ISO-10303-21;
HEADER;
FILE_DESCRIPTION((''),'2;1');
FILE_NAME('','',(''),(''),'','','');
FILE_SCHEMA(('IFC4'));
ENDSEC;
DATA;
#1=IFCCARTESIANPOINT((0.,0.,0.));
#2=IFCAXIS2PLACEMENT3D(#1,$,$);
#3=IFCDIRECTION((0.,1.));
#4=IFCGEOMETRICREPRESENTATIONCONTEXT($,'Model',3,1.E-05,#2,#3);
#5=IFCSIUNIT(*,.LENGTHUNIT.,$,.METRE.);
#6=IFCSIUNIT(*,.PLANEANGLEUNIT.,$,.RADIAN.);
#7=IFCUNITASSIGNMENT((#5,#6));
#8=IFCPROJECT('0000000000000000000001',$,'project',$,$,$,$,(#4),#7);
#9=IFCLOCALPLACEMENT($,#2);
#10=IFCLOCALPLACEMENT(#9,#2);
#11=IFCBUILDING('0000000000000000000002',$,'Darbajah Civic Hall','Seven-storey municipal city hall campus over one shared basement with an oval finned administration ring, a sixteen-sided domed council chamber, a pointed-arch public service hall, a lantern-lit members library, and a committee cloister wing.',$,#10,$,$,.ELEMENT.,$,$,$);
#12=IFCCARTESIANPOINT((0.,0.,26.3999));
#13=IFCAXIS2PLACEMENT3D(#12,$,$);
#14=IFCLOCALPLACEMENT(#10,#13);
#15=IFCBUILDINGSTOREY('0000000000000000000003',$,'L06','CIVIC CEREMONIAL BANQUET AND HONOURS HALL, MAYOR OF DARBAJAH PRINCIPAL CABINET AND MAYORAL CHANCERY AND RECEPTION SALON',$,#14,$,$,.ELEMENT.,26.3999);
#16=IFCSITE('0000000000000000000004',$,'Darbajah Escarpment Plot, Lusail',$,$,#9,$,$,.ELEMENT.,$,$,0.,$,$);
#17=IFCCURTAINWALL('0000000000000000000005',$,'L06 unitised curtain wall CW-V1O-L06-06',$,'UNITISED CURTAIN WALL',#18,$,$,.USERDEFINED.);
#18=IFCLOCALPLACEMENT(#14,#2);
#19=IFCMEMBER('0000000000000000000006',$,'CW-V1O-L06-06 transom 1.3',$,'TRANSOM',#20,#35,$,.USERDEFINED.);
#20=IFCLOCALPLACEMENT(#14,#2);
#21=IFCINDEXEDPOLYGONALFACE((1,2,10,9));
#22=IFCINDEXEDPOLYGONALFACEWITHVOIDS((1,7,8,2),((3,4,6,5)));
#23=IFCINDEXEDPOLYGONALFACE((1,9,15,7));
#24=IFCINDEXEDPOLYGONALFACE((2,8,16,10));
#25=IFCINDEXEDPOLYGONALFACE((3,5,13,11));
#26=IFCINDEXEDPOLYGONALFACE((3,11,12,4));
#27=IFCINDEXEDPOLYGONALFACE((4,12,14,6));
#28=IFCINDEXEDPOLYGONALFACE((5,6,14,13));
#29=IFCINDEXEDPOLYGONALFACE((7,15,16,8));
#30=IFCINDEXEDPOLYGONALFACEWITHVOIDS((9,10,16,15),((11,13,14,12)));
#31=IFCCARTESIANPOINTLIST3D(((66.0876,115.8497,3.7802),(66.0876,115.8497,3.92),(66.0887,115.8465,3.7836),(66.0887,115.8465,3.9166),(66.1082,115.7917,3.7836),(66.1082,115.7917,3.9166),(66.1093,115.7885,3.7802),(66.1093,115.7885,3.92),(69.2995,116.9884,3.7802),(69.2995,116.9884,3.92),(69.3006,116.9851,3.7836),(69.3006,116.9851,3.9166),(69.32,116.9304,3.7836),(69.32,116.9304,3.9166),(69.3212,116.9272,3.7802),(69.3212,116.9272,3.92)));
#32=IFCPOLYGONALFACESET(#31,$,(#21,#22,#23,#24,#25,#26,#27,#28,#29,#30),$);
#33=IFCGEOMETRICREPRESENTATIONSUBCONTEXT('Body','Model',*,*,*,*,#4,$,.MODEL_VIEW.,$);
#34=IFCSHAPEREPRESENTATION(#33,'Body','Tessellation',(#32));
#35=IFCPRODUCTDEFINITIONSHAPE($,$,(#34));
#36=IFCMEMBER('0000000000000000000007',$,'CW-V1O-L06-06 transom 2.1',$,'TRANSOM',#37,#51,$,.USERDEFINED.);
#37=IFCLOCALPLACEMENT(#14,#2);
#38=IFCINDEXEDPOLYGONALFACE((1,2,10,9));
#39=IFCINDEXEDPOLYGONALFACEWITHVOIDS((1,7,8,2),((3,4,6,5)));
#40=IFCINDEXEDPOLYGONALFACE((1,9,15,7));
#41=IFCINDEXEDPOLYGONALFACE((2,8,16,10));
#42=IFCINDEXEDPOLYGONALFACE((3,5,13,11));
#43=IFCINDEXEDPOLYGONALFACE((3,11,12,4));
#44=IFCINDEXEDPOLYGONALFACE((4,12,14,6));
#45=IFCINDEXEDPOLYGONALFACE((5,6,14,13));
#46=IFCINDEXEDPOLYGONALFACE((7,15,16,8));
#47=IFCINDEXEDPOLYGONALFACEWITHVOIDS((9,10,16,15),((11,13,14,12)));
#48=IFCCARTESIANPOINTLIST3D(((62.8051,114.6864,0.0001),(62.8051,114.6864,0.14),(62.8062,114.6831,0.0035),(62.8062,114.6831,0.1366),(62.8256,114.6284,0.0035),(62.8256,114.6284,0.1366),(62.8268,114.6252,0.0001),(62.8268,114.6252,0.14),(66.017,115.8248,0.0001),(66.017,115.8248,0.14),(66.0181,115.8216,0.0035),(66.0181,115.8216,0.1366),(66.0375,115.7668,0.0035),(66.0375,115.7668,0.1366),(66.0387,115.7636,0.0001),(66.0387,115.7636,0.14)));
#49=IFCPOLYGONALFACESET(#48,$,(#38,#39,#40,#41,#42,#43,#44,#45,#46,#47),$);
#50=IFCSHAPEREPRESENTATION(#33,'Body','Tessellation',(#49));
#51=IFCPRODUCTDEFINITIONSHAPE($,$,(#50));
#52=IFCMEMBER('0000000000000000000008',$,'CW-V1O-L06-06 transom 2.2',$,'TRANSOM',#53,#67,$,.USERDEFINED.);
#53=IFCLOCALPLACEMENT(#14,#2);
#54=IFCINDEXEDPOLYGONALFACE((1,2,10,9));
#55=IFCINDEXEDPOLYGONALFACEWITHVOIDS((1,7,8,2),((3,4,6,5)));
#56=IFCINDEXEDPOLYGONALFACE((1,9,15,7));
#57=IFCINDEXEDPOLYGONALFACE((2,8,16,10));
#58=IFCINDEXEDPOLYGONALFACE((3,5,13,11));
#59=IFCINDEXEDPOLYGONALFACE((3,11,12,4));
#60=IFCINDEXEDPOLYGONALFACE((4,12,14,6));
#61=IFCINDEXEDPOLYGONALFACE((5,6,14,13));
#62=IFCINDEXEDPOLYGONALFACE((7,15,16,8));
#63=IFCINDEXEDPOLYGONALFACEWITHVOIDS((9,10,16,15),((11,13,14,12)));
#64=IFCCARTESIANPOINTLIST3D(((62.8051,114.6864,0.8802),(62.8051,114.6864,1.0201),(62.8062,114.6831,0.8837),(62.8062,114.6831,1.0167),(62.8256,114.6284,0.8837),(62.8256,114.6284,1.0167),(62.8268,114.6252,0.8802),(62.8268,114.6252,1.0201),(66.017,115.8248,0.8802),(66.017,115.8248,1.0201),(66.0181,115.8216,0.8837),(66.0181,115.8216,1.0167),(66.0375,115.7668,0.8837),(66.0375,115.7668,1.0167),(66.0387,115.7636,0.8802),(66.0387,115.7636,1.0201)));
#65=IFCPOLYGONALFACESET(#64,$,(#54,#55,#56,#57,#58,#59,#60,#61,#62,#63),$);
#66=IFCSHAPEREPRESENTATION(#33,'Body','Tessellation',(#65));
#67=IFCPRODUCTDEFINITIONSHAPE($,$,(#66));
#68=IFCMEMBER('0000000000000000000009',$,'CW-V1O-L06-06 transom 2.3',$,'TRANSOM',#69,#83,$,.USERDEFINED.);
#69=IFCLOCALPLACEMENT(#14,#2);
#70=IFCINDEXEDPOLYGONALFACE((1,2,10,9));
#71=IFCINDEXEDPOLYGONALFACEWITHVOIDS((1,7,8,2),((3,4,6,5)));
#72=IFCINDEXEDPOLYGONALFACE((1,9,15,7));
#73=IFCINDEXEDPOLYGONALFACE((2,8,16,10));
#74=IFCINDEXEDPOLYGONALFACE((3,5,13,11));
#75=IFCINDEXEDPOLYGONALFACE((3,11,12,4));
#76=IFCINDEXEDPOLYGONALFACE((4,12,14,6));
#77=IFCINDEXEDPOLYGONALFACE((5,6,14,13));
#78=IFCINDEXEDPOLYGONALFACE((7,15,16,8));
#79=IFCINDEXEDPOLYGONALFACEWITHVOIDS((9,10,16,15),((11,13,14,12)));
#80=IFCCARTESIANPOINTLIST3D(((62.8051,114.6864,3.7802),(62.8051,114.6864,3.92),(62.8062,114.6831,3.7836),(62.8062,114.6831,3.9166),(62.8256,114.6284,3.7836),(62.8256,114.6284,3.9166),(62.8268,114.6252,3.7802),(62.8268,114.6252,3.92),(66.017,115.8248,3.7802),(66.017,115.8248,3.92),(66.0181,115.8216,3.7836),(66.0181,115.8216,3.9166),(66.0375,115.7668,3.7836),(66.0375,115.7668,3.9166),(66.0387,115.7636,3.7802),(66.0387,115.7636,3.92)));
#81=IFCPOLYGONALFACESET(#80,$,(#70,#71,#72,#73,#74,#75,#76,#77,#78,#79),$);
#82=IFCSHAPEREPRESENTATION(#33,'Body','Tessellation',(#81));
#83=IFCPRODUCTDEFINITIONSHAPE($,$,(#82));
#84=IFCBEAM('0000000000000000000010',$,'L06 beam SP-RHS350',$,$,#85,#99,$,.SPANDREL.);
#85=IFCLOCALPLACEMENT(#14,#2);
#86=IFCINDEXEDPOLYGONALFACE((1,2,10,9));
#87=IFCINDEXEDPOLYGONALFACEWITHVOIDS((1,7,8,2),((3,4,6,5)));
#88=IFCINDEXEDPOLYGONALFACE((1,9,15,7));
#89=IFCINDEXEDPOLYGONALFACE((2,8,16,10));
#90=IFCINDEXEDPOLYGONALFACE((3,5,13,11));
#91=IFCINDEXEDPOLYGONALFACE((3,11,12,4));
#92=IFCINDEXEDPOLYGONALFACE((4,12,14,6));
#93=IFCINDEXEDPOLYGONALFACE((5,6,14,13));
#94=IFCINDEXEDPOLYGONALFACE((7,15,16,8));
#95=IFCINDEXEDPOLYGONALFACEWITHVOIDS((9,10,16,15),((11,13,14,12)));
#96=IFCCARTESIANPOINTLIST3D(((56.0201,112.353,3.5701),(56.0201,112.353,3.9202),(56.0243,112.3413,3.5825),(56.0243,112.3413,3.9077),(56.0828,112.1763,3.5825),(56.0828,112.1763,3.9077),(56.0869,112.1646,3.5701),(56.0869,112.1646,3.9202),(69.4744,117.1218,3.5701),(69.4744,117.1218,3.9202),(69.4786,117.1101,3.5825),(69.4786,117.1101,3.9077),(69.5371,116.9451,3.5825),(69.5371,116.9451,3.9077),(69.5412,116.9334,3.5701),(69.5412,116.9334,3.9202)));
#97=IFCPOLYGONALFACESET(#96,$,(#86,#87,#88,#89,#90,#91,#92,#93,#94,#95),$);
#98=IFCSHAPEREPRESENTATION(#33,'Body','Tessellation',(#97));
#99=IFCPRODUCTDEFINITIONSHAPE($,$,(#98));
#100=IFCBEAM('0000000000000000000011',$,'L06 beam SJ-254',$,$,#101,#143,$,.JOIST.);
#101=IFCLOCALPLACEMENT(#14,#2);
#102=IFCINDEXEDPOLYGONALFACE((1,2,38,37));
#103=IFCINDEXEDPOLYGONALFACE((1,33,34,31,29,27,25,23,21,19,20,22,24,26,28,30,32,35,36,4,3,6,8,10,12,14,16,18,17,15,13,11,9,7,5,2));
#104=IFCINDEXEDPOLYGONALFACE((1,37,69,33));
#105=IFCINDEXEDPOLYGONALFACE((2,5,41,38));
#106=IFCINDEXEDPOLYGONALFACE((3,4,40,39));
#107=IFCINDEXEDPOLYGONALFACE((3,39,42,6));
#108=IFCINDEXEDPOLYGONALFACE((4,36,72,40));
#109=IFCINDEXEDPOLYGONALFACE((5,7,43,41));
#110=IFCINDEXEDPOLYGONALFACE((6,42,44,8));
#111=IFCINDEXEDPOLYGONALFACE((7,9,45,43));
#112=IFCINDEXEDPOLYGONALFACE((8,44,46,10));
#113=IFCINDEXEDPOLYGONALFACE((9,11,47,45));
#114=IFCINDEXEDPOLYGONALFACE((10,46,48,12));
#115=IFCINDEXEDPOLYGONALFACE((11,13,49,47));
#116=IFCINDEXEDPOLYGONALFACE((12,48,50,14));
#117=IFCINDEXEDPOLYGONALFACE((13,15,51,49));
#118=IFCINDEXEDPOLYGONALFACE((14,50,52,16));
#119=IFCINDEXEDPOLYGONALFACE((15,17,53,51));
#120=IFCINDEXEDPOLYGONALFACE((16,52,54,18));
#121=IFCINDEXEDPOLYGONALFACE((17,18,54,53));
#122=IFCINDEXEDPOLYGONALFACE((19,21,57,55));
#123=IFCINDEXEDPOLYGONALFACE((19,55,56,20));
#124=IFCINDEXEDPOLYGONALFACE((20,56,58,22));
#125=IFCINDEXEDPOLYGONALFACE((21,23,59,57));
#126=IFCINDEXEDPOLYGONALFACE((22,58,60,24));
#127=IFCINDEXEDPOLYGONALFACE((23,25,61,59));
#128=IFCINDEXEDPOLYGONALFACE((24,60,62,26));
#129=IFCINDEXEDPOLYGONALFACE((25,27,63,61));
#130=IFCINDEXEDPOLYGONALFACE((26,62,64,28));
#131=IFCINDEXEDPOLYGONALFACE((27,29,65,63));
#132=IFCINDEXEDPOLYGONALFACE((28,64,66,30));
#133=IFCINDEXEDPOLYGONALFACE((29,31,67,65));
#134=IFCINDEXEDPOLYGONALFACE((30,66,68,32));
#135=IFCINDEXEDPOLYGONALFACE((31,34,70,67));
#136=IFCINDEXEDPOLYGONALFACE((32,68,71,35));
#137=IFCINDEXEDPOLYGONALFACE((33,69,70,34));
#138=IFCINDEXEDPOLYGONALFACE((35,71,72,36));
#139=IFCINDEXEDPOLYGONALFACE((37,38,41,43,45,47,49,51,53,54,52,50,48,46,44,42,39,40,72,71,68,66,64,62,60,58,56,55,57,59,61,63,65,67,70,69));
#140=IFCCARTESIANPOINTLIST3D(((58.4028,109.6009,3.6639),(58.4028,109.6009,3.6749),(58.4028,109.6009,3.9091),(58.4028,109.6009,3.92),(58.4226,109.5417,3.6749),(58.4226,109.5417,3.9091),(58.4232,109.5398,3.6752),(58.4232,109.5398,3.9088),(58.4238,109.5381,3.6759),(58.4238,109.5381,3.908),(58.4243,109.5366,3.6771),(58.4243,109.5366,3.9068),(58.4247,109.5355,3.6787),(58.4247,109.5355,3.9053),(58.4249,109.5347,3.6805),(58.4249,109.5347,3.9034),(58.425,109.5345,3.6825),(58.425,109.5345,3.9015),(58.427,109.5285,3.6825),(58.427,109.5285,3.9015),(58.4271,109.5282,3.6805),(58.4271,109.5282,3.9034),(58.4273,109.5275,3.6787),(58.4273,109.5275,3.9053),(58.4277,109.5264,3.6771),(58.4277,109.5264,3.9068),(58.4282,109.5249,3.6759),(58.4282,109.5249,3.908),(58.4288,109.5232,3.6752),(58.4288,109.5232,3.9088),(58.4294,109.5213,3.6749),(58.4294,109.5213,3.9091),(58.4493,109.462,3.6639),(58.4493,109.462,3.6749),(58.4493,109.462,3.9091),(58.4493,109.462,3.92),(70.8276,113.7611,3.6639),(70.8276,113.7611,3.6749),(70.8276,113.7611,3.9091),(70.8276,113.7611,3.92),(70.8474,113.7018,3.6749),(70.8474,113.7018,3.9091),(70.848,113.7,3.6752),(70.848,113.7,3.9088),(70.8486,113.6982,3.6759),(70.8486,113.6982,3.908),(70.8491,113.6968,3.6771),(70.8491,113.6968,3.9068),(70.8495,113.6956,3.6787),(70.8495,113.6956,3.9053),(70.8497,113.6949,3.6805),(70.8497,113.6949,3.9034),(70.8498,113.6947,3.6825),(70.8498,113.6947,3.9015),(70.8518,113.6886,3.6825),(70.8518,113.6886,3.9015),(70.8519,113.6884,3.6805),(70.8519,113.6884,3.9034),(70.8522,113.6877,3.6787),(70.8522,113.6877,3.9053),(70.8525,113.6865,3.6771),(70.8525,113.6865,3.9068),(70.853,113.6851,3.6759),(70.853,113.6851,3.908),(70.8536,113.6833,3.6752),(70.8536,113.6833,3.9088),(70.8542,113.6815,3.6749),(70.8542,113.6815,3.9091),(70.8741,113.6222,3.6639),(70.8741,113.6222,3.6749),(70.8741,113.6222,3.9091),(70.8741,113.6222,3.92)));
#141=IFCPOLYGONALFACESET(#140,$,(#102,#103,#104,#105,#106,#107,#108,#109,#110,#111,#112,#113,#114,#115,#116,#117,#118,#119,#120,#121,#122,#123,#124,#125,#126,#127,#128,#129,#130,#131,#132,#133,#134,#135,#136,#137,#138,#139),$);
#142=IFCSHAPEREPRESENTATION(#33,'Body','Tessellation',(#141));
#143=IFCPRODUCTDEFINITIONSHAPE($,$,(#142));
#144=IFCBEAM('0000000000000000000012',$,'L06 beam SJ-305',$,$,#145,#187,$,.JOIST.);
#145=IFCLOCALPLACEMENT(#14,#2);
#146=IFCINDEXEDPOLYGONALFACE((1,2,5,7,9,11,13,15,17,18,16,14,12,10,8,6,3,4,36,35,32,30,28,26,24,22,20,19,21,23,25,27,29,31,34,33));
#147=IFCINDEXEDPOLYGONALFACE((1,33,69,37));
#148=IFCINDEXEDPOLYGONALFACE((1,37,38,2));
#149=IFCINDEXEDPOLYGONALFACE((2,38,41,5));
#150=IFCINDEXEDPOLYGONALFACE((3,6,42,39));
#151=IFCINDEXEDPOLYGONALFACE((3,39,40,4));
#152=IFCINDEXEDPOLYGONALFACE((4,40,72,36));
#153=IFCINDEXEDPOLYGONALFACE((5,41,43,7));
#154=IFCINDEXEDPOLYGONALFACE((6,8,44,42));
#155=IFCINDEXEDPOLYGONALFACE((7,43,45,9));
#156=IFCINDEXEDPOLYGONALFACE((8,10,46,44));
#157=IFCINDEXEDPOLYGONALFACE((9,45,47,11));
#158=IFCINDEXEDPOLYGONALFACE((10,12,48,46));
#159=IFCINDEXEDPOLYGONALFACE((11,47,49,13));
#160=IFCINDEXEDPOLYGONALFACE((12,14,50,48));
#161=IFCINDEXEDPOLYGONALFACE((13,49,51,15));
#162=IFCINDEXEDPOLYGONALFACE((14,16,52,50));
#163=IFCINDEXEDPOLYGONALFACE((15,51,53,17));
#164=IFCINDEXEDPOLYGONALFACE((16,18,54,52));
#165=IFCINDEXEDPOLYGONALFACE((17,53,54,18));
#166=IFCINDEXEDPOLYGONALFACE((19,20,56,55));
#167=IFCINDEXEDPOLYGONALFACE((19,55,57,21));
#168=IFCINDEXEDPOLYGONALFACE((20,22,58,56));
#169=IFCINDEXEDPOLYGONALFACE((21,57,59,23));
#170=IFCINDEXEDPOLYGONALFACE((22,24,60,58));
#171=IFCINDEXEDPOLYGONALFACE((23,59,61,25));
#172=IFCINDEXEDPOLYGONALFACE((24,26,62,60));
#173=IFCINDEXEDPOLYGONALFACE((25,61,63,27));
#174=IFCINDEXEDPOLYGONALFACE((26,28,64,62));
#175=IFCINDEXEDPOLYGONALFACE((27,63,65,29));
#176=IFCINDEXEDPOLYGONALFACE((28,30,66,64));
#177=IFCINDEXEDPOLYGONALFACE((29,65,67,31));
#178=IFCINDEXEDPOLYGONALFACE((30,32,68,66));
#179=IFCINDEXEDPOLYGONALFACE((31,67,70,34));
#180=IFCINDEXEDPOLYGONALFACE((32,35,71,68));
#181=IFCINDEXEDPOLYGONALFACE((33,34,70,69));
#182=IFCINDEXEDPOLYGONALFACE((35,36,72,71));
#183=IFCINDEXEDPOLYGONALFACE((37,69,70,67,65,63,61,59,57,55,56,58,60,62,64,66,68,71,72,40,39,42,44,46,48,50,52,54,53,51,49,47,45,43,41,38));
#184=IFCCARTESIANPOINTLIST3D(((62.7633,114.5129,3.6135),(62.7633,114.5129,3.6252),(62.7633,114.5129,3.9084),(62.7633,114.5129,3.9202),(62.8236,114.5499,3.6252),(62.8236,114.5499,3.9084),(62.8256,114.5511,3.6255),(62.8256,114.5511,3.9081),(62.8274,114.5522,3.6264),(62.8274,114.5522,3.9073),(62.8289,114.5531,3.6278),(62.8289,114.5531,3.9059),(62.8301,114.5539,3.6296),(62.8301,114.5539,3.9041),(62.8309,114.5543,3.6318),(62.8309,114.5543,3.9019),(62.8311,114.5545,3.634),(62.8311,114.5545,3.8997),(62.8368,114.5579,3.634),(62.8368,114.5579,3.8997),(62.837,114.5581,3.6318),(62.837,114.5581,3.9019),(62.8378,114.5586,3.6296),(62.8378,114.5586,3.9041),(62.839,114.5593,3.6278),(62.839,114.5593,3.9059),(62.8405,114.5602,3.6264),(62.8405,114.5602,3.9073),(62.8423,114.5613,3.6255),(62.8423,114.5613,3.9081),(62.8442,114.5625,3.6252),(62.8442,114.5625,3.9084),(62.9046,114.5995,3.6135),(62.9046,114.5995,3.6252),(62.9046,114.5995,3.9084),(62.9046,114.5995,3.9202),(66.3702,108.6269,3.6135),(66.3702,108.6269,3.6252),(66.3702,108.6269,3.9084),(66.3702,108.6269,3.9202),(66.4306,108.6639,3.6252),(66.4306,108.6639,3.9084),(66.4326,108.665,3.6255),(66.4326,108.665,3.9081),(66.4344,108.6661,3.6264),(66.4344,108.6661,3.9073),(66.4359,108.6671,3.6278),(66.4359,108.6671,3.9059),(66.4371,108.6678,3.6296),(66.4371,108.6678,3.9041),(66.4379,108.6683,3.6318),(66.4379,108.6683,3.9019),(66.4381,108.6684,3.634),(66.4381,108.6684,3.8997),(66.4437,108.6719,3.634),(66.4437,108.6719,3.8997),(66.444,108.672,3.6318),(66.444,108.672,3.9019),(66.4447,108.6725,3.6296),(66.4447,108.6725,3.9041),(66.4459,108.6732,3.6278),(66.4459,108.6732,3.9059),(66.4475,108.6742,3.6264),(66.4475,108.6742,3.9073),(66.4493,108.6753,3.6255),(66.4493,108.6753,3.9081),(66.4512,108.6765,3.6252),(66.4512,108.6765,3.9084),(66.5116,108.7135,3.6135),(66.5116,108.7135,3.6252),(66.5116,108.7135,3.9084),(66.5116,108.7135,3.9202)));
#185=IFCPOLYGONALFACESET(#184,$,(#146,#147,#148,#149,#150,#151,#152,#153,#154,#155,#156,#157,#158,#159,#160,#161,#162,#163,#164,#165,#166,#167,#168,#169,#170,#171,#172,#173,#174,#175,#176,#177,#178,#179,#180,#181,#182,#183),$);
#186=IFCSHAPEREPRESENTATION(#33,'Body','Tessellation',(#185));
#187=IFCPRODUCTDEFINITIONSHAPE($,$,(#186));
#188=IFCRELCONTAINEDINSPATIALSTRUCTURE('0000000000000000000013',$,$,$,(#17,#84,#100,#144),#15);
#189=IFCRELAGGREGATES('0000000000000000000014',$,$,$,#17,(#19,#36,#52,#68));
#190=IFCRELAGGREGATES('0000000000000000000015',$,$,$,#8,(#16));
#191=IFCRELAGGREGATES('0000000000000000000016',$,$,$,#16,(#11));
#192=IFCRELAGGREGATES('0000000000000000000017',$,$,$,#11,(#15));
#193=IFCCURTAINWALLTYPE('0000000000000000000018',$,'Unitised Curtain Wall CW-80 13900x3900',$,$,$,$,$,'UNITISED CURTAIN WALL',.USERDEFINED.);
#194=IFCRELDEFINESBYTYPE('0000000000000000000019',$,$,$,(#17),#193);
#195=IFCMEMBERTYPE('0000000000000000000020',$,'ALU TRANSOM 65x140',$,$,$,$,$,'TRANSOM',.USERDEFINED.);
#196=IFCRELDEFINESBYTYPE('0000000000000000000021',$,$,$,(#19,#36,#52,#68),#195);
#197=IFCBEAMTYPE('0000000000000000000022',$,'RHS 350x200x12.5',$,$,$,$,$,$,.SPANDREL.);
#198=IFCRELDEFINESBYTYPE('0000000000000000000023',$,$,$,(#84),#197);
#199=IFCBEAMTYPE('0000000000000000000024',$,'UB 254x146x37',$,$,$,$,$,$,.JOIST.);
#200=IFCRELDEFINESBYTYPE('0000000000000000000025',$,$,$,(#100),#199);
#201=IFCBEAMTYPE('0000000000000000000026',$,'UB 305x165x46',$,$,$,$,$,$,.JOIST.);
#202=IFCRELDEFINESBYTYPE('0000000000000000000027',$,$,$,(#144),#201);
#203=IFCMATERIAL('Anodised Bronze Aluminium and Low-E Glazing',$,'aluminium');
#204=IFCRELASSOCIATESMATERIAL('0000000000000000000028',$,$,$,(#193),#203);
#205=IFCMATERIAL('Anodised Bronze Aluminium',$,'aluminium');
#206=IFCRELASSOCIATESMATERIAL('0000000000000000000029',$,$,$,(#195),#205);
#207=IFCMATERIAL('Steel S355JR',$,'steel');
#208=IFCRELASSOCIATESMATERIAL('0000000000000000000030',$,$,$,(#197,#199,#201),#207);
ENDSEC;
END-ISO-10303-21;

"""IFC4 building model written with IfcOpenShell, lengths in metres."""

from ifc_helpers import new_model, si_unit, direction, frame, origin, origin_2d, place, context, subcontext, project, spatial, hollow_rectangle, i_section, extrude, material, material_profile, profile_set, type_object, element, aggregate, save


model = new_model("IFC4")

# Units and contexts
model_context = context("Model", 3, precision=1e-05, world=origin(), true_north=direction((0.0, 1.0)))
body_context = subcontext(model_context, "Body", "Model", "MODEL_VIEW")
ifc_project = project(units=[si_unit("LENGTHUNIT", "METRE"), si_unit("PLANEANGLEUNIT", "RADIAN")], contexts=[model_context])

# Site, building, storey
site_placement = place(None, origin())
site = spatial("IfcSite", under=ifc_project, at=site_placement, Name="Darbajah Escarpment Plot, Lusail", CompositionType="ELEMENT", RefElevation=0.0)
building_placement = place(site_placement, origin())
building = spatial("IfcBuilding", under=site, at=building_placement, Name="Darbajah Civic Hall", Description="Seven-storey municipal city hall campus over one shared basement with an oval finned administration ring, a sixteen-sided domed council chamber, a pointed-arch public service hall, a lantern-lit members library, and a committee cloister wing.", CompositionType="ELEMENT")
storey_placement = place(building_placement, frame((0.0, 0.0, 26.3999)))
storey = spatial("IfcBuildingStorey", under=building, at=storey_placement, Name="L06", Description="CIVIC CEREMONIAL BANQUET AND HONOURS HALL, MAYOR OF DARBAJAH PRINCIPAL CABINET AND MAYORAL CHANCERY AND RECEPTION SALON", CompositionType="ELEMENT", Elevation=26.3999)

# Shared definitions
ifc_material_1 = material(Name="Anodised Bronze Aluminium and Low-E Glazing", Category="aluminium")
ifc_material_2 = material(Name="Anodised Bronze Aluminium", Category="aluminium")

# Curtain wall
curtain_wall_type_1 = type_object("IfcCurtainWallType", Name="Unitised Curtain Wall CW-80 13900x3900", ElementType="UNITISED CURTAIN WALL", PredefinedType="USERDEFINED", material=ifc_material_1)
curtain_wall_1_placement = place(storey_placement, origin())
curtain_wall_1 = element("IfcCurtainWall", 1, at=curtain_wall_1_placement, inside=storey, type_object=curtain_wall_type_1, Name="L06 unitised curtain wall CW-V1O-L06-06", ObjectType="UNITISED CURTAIN WALL", PredefinedType="USERDEFINED")

# Members
ifc_material_profile_1 = material_profile(ifc_material_2, hollow_rectangle(XDim=0.0649, YDim=0.1399, WallThickness=0.0034, at=origin_2d()), Name="ALU TRANSOM 65x140")
ifc_profile_set_1 = profile_set([ifc_material_profile_1], Name="Anodised Bronze Aluminium")
member_type_1 = type_object("IfcMemberType", Name="ALU TRANSOM 65x140", ElementType="TRANSOM", PredefinedType="USERDEFINED", material=ifc_profile_set_1)
member_1_placement = place(storey_placement, frame((69.3103, 116.9578, 3.8501), z_axis=(-0.942524, -0.334139, 0.0), x_axis=(0.334139, -0.942524, 0.0)))
member_1 = element("IfcMember", 2, at=member_1_placement, type_object=member_type_1, Name="CW-V1O-L06-06 transom 1.3", ObjectType="TRANSOM", PredefinedType="USERDEFINED", context=body_context, shape_type="SweptSolid", body=[
    extrude(hollow_rectangle(XDim=0.0649, YDim=0.1399, WallThickness=0.0034, at=origin_2d()), origin(), (0.0, 0.0, 1.0), 3.4077),
])
member_2_placement = place(storey_placement, frame((66.0278, 115.7942, 0.0701), z_axis=(-0.942546, -0.334075, 0.0), x_axis=(0.334075, -0.942546, 0.0)))
member_2 = element("IfcMember", 3, at=member_2_placement, type_object=member_type_1, Name="CW-V1O-L06-06 transom 2.1", ObjectType="TRANSOM", PredefinedType="USERDEFINED", context=body_context, shape_type="SweptSolid", body=[
    extrude(hollow_rectangle(XDim=0.0649, YDim=0.1399, WallThickness=0.0034, at=origin_2d()), origin(), (0.0, 0.0, 1.0), 3.4077),
])
member_3_placement = place(storey_placement, frame((66.0278, 115.7942, 0.9502), z_axis=(-0.942546, -0.334075, 0.0), x_axis=(0.334075, -0.942546, 0.0)))
member_3 = element("IfcMember", 4, at=member_3_placement, type_object=member_type_1, Name="CW-V1O-L06-06 transom 2.2", ObjectType="TRANSOM", PredefinedType="USERDEFINED", context=body_context, shape_type="SweptSolid", body=[
    extrude(hollow_rectangle(XDim=0.0649, YDim=0.1399, WallThickness=0.0034, at=origin_2d()), origin(), (0.0, 0.0, 1.0), 3.4077),
])
member_4_placement = place(storey_placement, frame((66.0278, 115.7942, 3.8501), z_axis=(-0.942546, -0.334075, 0.0), x_axis=(0.334075, -0.942546, 0.0)))
member_4 = element("IfcMember", 5, at=member_4_placement, type_object=member_type_1, Name="CW-V1O-L06-06 transom 2.3", ObjectType="TRANSOM", PredefinedType="USERDEFINED", context=body_context, shape_type="SweptSolid", body=[
    extrude(hollow_rectangle(XDim=0.0649, YDim=0.1399, WallThickness=0.0034, at=origin_2d()), origin(), (0.0, 0.0, 1.0), 3.4077),
])

# Beams
ifc_material_3 = material(Name="Steel S355JR", Category="steel")
ifc_material_profile_2 = material_profile(ifc_material_3, hollow_rectangle(XDim=0.2, YDim=0.3501, WallThickness=0.0125, at=origin_2d()), Name="RHS 350x200x12.5")
ifc_profile_set_2 = profile_set([ifc_material_profile_2], Name="Steel S355JR")
beam_type_1 = type_object("IfcBeamType", Name="RHS 350x200x12.5", PredefinedType="SPANDREL", material=ifc_profile_set_2)
beam_1_placement = place(storey_placement, frame((69.5078, 117.0276, 3.7451), z_axis=(-0.942545, -0.334079, 0.0), x_axis=(0.334079, -0.942545, 0.0)))
element("IfcBeam", 6, at=beam_1_placement, inside=storey, type_object=beam_type_1, Name="L06 beam SP-RHS350", PredefinedType="SPANDREL", context=body_context, shape_type="SweptSolid", body=[
    extrude(hollow_rectangle(XDim=0.2, YDim=0.3501, WallThickness=0.0125, at=origin_2d()), origin(), (0.0, 0.0, 1.0), 14.2744),
])
ifc_material_profile_3 = material_profile(ifc_material_3, i_section(OverallWidth=0.1465, OverallDepth=0.2561, WebThickness=0.0063, FlangeThickness=0.011, FilletRadius=0.0076, at=origin_2d()), Name="UB 254x146x37")
ifc_profile_set_3 = profile_set([ifc_material_profile_3], Name="Steel S355JR")
beam_type_2 = type_object("IfcBeamType", Name="UB 254x146x37", PredefinedType="JOIST", material=ifc_profile_set_3)
beam_2_placement = place(storey_placement, frame((70.8508, 113.6917, 3.792), z_axis=(-0.948258, -0.317502, 0.0), x_axis=(0.317502, -0.948258, 0.0)))
element("IfcBeam", 7, at=beam_2_placement, inside=storey, type_object=beam_type_2, Name="L06 beam SJ-254", PredefinedType="JOIST", context=body_context, shape_type="SweptSolid", body=[
    extrude(i_section(OverallWidth=0.1465, OverallDepth=0.2561, WebThickness=0.0063, FlangeThickness=0.011, FilletRadius=0.0076, at=origin_2d()), origin(), (0.0, 0.0, 1.0), 13.1028),
])
ifc_material_profile_4 = material_profile(ifc_material_3, i_section(OverallWidth=0.1658, OverallDepth=0.3066, WebThickness=0.0066, FlangeThickness=0.0117, FilletRadius=0.0088, at=origin_2d()), Name="UB 305x165x46")
ifc_profile_set_4 = profile_set([ifc_material_profile_4], Name="Steel S355JR")
beam_type_3 = type_object("IfcBeamType", Name="UB 305x165x46", PredefinedType="JOIST", material=ifc_profile_set_4)
beam_3_placement = place(storey_placement, frame((66.4409, 108.6702, 3.7668), z_axis=(-0.522498, 0.85264, 0.0), x_axis=(-0.85264, -0.522498, 0.0)))
element("IfcBeam", 8, at=beam_3_placement, inside=storey, type_object=beam_type_3, Name="L06 beam SJ-305", PredefinedType="JOIST", context=body_context, shape_type="SweptSolid", body=[
    extrude(i_section(OverallWidth=0.1658, OverallDepth=0.3066, WebThickness=0.0066, FlangeThickness=0.0117, FilletRadius=0.0088, at=origin_2d()), origin(), (0.0, 0.0, 1.0), 6.9033),
])

aggregate(curtain_wall_1, [member_1, member_2, member_3, member_4])

save(model, "model.ifc")
